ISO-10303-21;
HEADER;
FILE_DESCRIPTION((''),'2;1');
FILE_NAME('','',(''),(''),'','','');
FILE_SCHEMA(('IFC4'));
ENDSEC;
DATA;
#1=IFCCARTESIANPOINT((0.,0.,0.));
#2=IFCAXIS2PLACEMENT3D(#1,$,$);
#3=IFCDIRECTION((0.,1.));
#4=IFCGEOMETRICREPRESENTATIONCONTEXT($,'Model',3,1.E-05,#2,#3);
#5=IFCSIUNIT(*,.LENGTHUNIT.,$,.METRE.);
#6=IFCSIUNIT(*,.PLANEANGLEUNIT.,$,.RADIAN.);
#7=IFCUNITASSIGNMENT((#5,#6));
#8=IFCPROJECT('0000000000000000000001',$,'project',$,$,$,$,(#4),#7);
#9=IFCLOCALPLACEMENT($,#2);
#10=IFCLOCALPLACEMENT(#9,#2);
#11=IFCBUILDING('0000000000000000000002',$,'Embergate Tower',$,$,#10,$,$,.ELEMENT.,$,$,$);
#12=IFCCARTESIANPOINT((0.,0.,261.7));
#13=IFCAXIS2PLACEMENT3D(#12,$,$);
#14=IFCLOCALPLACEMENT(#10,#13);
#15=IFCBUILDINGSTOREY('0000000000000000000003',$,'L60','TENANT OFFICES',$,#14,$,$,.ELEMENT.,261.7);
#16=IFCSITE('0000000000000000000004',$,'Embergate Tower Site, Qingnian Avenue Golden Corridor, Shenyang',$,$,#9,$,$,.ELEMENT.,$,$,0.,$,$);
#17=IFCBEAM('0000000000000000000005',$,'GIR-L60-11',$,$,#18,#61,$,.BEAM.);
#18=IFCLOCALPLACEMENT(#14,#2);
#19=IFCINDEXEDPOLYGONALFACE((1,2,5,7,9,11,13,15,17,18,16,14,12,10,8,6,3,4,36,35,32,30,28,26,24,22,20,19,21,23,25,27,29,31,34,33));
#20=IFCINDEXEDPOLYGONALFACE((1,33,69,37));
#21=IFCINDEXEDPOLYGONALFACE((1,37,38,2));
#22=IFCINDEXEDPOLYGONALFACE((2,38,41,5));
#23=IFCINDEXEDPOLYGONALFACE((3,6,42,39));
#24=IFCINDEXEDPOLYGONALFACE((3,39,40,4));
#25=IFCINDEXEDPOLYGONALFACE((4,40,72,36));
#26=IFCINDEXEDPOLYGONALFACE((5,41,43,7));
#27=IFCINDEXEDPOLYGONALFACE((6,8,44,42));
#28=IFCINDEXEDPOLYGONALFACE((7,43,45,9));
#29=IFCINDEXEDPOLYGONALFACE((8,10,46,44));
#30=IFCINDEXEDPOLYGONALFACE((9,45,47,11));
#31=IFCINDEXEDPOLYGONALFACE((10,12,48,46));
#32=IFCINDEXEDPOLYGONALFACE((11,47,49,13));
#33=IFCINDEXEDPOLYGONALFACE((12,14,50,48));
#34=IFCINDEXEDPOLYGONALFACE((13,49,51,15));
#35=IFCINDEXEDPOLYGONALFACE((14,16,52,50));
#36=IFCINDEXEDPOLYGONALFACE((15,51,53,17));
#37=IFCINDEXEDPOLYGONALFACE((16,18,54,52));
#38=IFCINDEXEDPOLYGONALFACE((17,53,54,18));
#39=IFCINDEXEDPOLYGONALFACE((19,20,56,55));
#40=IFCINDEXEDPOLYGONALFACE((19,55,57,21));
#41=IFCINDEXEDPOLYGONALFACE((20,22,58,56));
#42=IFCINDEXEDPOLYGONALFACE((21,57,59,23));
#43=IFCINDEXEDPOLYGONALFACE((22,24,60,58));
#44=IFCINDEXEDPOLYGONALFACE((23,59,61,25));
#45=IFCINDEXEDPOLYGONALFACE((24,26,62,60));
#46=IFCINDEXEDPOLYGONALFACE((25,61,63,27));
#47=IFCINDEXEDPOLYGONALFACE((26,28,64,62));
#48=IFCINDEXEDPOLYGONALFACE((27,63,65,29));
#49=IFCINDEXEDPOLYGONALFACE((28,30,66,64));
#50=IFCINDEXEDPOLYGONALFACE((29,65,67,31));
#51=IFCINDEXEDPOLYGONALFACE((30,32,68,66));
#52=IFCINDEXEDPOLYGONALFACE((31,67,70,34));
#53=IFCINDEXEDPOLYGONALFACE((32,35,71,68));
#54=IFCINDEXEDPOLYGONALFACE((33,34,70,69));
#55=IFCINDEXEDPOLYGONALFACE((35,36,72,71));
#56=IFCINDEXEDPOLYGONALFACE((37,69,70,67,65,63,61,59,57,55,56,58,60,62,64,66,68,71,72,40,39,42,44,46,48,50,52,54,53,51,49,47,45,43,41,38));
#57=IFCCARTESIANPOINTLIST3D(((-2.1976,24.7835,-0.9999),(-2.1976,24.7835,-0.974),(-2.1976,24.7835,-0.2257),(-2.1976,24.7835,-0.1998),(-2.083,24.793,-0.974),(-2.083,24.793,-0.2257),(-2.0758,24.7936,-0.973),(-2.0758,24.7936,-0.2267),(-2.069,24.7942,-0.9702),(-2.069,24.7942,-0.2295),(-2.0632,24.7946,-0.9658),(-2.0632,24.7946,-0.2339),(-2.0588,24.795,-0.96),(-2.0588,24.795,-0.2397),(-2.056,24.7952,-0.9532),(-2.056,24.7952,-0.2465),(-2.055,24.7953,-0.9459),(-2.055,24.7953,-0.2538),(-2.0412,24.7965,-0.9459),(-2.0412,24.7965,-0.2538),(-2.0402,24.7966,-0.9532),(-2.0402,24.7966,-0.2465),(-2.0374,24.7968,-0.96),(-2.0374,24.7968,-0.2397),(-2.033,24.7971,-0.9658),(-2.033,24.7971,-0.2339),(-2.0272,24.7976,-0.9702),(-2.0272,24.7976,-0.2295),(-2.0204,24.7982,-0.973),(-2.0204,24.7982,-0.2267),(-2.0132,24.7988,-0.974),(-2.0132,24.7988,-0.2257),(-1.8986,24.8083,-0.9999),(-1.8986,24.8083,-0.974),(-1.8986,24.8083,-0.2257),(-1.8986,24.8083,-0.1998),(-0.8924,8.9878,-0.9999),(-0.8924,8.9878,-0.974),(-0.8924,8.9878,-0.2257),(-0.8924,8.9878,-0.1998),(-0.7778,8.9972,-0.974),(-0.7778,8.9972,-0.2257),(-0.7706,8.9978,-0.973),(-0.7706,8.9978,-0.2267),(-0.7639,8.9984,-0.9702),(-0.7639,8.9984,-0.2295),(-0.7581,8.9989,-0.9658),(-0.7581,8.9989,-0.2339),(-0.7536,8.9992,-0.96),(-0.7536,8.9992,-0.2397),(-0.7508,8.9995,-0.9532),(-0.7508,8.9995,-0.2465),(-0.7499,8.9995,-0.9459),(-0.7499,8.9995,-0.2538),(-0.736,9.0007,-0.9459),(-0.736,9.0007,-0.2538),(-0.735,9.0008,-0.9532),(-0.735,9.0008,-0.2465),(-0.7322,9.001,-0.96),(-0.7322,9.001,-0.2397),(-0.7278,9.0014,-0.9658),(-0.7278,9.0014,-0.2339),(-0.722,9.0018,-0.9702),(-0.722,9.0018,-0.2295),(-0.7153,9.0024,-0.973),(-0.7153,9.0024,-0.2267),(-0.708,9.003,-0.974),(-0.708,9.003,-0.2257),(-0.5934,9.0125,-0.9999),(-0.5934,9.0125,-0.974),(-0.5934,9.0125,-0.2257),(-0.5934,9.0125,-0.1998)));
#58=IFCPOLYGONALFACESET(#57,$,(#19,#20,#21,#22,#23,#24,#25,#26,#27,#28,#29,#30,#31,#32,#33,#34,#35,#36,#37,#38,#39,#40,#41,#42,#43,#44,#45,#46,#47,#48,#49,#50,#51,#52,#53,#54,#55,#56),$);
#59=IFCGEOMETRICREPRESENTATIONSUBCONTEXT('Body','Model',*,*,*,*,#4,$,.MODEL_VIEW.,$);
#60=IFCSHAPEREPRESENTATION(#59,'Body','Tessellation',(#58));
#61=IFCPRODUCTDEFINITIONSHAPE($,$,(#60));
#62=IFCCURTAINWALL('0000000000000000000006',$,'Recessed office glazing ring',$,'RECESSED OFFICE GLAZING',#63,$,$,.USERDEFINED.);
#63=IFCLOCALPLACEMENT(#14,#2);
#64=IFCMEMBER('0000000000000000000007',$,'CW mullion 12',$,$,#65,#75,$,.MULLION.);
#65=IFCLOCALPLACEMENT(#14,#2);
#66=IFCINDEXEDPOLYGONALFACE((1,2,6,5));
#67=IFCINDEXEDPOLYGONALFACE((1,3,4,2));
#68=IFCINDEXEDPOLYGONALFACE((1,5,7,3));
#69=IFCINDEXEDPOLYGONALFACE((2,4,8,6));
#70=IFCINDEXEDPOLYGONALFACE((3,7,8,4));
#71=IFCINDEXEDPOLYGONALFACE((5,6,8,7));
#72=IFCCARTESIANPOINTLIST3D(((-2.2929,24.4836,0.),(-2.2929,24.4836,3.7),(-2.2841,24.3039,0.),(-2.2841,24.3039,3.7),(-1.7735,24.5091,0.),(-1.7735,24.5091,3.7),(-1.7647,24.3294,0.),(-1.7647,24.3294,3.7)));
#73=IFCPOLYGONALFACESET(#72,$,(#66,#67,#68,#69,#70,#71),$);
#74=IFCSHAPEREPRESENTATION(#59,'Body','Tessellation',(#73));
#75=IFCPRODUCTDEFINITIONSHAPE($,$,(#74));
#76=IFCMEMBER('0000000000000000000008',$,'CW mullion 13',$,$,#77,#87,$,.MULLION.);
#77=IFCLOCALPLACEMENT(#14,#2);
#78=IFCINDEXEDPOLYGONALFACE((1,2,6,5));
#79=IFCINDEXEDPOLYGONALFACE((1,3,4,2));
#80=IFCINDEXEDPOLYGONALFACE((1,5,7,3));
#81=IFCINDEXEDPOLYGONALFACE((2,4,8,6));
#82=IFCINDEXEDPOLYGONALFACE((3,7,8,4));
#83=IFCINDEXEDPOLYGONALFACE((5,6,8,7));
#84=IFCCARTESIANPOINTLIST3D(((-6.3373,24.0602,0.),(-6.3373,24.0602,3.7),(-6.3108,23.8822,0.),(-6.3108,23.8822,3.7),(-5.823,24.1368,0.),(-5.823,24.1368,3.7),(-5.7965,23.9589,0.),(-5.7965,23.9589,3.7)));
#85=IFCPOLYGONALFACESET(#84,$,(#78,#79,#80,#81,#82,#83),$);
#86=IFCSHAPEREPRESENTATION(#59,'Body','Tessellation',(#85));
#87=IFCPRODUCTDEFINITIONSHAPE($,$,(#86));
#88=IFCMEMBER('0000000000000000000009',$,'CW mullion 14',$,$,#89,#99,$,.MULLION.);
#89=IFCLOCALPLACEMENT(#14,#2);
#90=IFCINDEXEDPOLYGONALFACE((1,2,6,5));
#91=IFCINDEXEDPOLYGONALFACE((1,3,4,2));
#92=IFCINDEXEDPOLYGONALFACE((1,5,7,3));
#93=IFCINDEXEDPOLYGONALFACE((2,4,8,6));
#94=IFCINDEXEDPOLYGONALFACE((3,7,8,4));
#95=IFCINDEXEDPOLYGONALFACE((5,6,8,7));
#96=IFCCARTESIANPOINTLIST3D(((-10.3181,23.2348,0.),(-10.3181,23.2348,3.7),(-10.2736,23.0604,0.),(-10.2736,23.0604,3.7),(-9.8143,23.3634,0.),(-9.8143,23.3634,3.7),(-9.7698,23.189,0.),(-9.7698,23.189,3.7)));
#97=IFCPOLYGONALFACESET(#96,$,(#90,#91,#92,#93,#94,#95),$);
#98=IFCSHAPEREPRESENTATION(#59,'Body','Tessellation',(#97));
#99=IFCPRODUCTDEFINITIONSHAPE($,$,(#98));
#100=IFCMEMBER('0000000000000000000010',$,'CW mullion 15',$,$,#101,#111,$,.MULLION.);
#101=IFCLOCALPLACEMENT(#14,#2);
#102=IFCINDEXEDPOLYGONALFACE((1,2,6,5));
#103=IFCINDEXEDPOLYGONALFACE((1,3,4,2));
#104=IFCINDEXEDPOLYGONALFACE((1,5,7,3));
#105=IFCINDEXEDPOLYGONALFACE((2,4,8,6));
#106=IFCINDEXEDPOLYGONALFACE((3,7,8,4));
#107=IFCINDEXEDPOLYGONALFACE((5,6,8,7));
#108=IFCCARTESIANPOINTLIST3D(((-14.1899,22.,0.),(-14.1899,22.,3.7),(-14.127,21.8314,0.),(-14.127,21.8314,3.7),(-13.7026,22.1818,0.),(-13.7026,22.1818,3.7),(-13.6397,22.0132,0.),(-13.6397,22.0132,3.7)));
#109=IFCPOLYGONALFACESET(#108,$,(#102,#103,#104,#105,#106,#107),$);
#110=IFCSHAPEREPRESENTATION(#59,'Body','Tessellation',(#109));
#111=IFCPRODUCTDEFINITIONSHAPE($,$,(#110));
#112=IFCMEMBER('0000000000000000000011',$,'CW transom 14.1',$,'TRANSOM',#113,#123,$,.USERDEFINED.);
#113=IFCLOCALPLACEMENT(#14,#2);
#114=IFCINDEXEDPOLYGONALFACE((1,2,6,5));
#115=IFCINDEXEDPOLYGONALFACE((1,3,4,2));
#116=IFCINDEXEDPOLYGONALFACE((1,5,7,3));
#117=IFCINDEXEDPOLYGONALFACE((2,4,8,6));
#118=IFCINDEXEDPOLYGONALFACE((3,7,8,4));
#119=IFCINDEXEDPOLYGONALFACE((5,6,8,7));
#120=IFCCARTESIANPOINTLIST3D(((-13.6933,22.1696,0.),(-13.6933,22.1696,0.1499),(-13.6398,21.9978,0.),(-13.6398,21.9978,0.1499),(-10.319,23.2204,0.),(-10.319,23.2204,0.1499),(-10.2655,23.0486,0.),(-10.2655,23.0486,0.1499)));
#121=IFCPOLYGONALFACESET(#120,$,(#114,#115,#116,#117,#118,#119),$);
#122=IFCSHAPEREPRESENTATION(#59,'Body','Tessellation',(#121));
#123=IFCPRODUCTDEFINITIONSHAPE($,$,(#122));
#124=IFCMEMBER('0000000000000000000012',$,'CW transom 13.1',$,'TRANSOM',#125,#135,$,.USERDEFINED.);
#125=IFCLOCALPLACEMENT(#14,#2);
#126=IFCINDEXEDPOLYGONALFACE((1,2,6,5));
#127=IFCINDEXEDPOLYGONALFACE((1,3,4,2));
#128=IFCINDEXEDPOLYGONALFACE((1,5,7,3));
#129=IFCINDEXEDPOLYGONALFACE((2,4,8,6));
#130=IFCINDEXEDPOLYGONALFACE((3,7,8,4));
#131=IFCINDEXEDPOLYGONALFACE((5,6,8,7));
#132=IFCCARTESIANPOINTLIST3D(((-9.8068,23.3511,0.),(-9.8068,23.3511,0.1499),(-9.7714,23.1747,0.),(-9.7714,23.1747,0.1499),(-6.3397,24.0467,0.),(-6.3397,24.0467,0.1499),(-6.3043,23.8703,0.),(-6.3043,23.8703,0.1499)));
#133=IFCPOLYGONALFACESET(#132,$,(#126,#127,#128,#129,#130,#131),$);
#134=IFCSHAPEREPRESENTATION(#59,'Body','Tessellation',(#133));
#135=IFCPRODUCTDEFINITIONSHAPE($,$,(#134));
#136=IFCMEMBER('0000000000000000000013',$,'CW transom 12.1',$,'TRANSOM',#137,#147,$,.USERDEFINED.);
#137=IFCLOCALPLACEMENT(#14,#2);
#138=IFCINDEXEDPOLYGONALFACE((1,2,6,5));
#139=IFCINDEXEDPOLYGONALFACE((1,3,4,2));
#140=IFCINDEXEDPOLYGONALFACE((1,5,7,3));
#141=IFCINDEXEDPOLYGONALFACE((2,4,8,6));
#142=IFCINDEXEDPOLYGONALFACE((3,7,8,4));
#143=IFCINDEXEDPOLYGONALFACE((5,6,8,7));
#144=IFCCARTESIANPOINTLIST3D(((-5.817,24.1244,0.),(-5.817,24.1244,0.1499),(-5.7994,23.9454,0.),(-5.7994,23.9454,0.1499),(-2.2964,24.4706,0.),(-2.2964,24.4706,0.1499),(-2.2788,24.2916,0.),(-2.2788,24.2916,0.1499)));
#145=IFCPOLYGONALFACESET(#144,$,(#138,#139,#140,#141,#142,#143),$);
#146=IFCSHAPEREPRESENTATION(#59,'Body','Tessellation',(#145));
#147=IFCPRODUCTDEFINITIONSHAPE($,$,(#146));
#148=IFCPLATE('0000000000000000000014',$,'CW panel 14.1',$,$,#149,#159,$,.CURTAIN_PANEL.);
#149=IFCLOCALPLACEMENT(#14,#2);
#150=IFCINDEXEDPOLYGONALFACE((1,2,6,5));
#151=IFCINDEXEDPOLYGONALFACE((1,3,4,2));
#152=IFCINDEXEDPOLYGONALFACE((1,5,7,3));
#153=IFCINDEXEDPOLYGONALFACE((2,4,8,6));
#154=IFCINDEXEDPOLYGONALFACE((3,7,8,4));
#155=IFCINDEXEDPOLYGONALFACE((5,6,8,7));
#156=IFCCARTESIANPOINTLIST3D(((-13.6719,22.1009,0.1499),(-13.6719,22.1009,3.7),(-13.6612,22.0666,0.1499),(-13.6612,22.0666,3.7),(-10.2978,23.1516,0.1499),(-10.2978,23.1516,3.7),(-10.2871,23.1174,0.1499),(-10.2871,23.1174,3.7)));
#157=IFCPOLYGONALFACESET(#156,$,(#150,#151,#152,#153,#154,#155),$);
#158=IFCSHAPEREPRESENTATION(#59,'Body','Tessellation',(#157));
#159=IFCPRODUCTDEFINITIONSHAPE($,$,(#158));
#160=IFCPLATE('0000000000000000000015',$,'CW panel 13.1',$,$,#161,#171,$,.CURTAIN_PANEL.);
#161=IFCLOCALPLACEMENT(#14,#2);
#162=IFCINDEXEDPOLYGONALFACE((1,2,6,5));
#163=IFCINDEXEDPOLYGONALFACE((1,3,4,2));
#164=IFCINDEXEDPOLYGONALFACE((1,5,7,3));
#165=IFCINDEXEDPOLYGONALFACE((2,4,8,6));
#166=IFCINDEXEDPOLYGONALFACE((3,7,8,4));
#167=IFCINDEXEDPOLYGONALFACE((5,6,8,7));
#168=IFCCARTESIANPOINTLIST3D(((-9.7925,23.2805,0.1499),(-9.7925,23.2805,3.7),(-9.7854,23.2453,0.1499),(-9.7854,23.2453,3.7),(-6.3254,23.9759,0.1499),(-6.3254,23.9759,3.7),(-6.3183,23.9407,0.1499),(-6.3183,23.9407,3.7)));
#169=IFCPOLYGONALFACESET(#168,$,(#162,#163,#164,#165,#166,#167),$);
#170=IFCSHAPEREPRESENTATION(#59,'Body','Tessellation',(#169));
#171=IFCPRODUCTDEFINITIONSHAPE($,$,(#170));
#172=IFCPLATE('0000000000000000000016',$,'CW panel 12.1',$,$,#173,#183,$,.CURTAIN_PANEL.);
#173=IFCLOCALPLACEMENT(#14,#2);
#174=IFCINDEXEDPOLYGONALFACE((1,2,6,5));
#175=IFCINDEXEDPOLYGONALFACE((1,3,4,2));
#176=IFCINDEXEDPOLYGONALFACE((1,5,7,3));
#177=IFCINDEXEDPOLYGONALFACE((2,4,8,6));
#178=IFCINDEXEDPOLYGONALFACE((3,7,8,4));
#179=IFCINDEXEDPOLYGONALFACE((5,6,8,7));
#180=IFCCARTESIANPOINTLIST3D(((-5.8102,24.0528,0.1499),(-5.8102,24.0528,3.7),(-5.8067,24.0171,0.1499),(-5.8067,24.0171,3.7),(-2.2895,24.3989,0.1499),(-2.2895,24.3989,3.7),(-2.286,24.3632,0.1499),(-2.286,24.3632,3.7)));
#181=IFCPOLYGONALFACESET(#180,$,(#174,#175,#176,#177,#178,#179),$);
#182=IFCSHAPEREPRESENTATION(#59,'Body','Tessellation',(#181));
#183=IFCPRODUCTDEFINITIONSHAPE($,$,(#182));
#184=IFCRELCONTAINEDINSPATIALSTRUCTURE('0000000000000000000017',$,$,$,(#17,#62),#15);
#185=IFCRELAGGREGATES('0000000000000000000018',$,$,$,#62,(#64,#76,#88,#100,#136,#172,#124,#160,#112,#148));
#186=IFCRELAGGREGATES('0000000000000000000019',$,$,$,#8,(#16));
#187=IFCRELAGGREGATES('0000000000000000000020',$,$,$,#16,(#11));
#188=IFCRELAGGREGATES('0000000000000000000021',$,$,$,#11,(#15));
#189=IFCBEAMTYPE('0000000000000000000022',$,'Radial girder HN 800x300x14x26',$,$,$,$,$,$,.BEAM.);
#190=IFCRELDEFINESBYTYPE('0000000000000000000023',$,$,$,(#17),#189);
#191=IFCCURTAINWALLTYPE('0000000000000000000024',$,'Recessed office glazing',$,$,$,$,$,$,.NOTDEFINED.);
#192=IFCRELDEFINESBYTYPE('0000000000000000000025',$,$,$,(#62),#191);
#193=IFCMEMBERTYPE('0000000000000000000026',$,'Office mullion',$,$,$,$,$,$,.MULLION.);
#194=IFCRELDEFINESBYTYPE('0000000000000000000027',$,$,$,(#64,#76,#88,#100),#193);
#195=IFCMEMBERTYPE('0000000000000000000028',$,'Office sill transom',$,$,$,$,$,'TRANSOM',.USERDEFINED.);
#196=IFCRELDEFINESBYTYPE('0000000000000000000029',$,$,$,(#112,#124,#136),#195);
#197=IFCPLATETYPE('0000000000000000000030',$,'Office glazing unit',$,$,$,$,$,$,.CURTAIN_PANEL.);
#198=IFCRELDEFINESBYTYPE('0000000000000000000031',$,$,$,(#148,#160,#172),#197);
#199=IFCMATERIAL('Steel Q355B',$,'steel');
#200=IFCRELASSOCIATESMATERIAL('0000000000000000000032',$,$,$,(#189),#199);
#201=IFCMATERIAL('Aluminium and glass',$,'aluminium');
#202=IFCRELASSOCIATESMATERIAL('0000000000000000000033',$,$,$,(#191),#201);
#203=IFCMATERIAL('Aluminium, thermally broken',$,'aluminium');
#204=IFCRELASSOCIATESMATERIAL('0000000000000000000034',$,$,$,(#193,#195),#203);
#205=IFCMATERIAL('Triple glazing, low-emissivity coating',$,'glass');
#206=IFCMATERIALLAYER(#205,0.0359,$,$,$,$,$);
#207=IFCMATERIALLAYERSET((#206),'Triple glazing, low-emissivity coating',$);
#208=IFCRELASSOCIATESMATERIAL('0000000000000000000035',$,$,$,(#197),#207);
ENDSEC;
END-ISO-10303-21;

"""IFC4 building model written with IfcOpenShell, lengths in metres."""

from ifc_helpers import new_model, si_unit, direction, frame, origin, origin_2d, place, context, subcontext, project, spatial, rectangle, i_section, extrude, source, transform, mapped, material, layer, layer_set, material_profile, profile_set, type_object, element, aggregate, save


model = new_model("IFC4")

# Units and contexts
model_context = context("Model", 3, precision=1e-05, world=origin(), true_north=direction((0.0, 1.0)))
body_context = subcontext(model_context, "Body", "Model", "MODEL_VIEW")
ifc_project = project(units=[si_unit("LENGTHUNIT", "METRE"), si_unit("PLANEANGLEUNIT", "RADIAN")], contexts=[model_context])

# Site, building, storey
site_placement = place(None, origin())
site = spatial("IfcSite", under=ifc_project, at=site_placement, Name="Embergate Tower Site, Qingnian Avenue Golden Corridor, Shenyang", CompositionType="ELEMENT", RefElevation=0.0)
building_placement = place(site_placement, origin())
building = spatial("IfcBuilding", under=site, at=building_placement, Name="Embergate Tower", CompositionType="ELEMENT")
storey_placement = place(building_placement, frame((0.0, 0.0, 261.7)))
storey = spatial("IfcBuildingStorey", under=building, at=storey_placement, Name="L60", Description="TENANT OFFICES", CompositionType="ELEMENT", Elevation=261.7)

# Beam
ifc_material_1 = material(Name="Steel Q355B", Category="steel")
ifc_material_profile_1 = material_profile(ifc_material_1, i_section(OverallWidth=0.3, OverallDepth=0.8, WebThickness=0.0139, FlangeThickness=0.0259, FilletRadius=0.0281, at=origin_2d()), Name="HN 800x300x14x26")
ifc_profile_set_1 = profile_set([ifc_material_profile_1], Name="Steel Q355 grade B")
beam_type_1 = type_object("IfcBeamType", Name="Radial girder HN 800x300x14x26", PredefinedType="BEAM", material=ifc_profile_set_1)
shared_shape_1 = source(origin(), body_context, "Body", "SweptSolid", [
    extrude(i_section(OverallWidth=0.3, OverallDepth=0.8, WebThickness=0.0139, FlangeThickness=0.0259, FilletRadius=0.0281, at=origin_2d()), origin(), (0.0, 0.0, 1.0), 15.8496),
])
beam_1_placement = place(storey_placement, frame((-2.0481, 24.7959, -0.5999), z_axis=(0.082347, -0.996604, 0.0), x_axis=(0.996604, 0.082347, 0.0)))
element("IfcBeam", 1, at=beam_1_placement, inside=storey, type_object=beam_type_1, Name="GIR-L60-11", PredefinedType="BEAM", context=body_context, shape_type="MappedRepresentation", body=[
    mapped(shared_shape_1, transform((0.0, 0.0, 0.0))),
])

# Curtain wall, members, plates
ifc_material_2 = material(Name="Aluminium and glass", Category="aluminium")
curtain_wall_type = type_object("IfcCurtainWallType", Name="Recessed office glazing", PredefinedType="NOTDEFINED", material=ifc_material_2)
curtain_wall_placement = place(storey_placement, origin())
curtain_wall = element("IfcCurtainWall", 2, at=curtain_wall_placement, inside=storey, type_object=curtain_wall_type, Name="Recessed office glazing ring", ObjectType="RECESSED OFFICE GLAZING", PredefinedType="USERDEFINED")
ifc_material_3 = material(Name="Aluminium, thermally broken", Category="aluminium")
ifc_material_profile_2 = material_profile(ifc_material_3, rectangle(XDim=0.1799, YDim=0.52, at=origin_2d()), Name="AL 520x180")
ifc_profile_set_2 = profile_set([ifc_material_profile_2], Name="Aluminium, thermally broken")
member_type_1 = type_object("IfcMemberType", Name="Office mullion", PredefinedType="MULLION", material=ifc_profile_set_2)
shared_shape_2 = source(origin(), body_context, "Body", "SweptSolid", [
    extrude(rectangle(XDim=0.1799, YDim=0.52, at=origin_2d()), origin(), (0.0, 0.0, 1.0), 3.7),
])
member_1_placement = place(storey_placement, frame((-2.0288, 24.4065, 0.0), z_axis=(0.0, 0.0, 1.0), x_axis=(0.04897, -0.9988, 0.0)))
member_1 = element("IfcMember", 3, at=member_1_placement, type_object=member_type_1, Name="CW mullion 12", PredefinedType="MULLION", context=body_context, shape_type="MappedRepresentation", body=[
    mapped(shared_shape_2, transform((0.0, 0.0, 0.0))),
])
member_2_placement = place(storey_placement, frame((-6.0669, 24.0095, 0.0), z_axis=(0.0, 0.0, 1.0), x_axis=(0.147411, -0.989075, 0.0)))
member_2 = element("IfcMember", 4, at=member_2_placement, type_object=member_type_1, Name="CW mullion 13", PredefinedType="MULLION", context=body_context, shape_type="MappedRepresentation", body=[
    mapped(shared_shape_2, transform((0.0, 0.0, 0.0))),
])
member_3_placement = place(storey_placement, frame((-10.0439, 23.2119, 0.0), z_axis=(0.0, 0.0, 1.0), x_axis=(0.247308, -0.968937, 0.0)))
member_3 = element("IfcMember", 5, at=member_3_placement, type_object=member_type_1, Name="CW mullion 14", PredefinedType="MULLION", context=body_context, shape_type="MappedRepresentation", body=[
    mapped(shared_shape_2, transform((0.0, 0.0, 0.0))),
])
member_4_placement = place(storey_placement, frame((-13.9148, 22.0066, 0.0), z_axis=(0.0, 0.0, 1.0), x_axis=(0.349498, -0.936937, 0.0)))
member_4 = element("IfcMember", 6, at=member_4_placement, type_object=member_type_1, Name="CW mullion 15", PredefinedType="MULLION", context=body_context, shape_type="MappedRepresentation", body=[
    mapped(shared_shape_2, transform((0.0, 0.0, 0.0))),
])
ifc_material_profile_3 = material_profile(ifc_material_3, rectangle(XDim=0.1799, YDim=0.1499, at=origin_2d()), Name="AL 150x180")
ifc_profile_set_3 = profile_set([ifc_material_profile_3], Name="Aluminium, thermally broken")
member_type_2 = type_object("IfcMemberType", Name="Office sill transom", ElementType="TRANSOM", PredefinedType="USERDEFINED", material=ifc_profile_set_3)
shared_shape_3 = source(origin(), body_context, "Body", "SweptSolid", [
    extrude(rectangle(XDim=0.1799, YDim=0.1499, at=origin_2d()), origin(), (0.0, 0.0, 1.0), 3.5342),
])
member_5_placement = place(storey_placement, frame((-10.2922, 23.1345, 0.075), z_axis=(-0.954776, -0.297327, 0.0), x_axis=(0.297327, -0.954776, 0.0)))
member_5 = element("IfcMember", 7, at=member_5_placement, type_object=member_type_2, Name="CW transom 14.1", ObjectType="TRANSOM", PredefinedType="USERDEFINED", context=body_context, shape_type="MappedRepresentation", body=[
    mapped(shared_shape_3, transform((0.0, 0.0, 0.0))),
])
shared_shape_4 = source(origin(), body_context, "Body", "SweptSolid", [
    extrude(rectangle(XDim=0.1799, YDim=0.1499, at=origin_2d()), origin(), (0.0, 0.0, 1.0), 3.5361),
])
member_6_placement = place(storey_placement, frame((-6.322, 23.9585, 0.075), z_axis=(-0.980464, -0.1967, 0.0), x_axis=(0.1967, -0.980464, 0.0)))
member_6 = element("IfcMember", 8, at=member_6_placement, type_object=member_type_2, Name="CW transom 13.1", ObjectType="TRANSOM", PredefinedType="USERDEFINED", context=body_context, shape_type="MappedRepresentation", body=[
    mapped(shared_shape_4, transform((0.0, 0.0, 0.0))),
])
shared_shape_5 = source(origin(), body_context, "Body", "SweptSolid", [
    extrude(rectangle(XDim=0.1799, YDim=0.1499, at=origin_2d()), origin(), (0.0, 0.0, 1.0), 3.5376),
])
member_7_placement = place(storey_placement, frame((-2.2876, 24.3811, 0.075), z_axis=(-0.9952, -0.097864, 0.0), x_axis=(0.097864, -0.9952, 0.0)))
member_7 = element("IfcMember", 9, at=member_7_placement, type_object=member_type_2, Name="CW transom 12.1", ObjectType="TRANSOM", PredefinedType="USERDEFINED", context=body_context, shape_type="MappedRepresentation", body=[
    mapped(shared_shape_5, transform((0.0, 0.0, 0.0))),
])
ifc_material_4 = material(Name="Triple glazing, low-emissivity coating", Category="glass")
ifc_layer_1 = layer(ifc_material_4, 0.0359)
ifc_layer_set_1 = layer_set([ifc_layer_1], Name="Triple glazing, low-emissivity coating")
plate_type = type_object("IfcPlateType", Name="Office glazing unit", PredefinedType="CURTAIN_PANEL", material=ifc_layer_set_1)
shared_shape_6 = source(origin(), body_context, "Body", "SweptSolid", [
    extrude(rectangle(XDim=3.5339, YDim=0.0359, at=origin_2d()), origin(), (0.0, 0.0, 1.0), 3.55),
])
plate_1_placement = place(storey_placement, frame((-11.9795, 22.6091, 0.1499), z_axis=(0.0, 0.0, 1.0), x_axis=(-0.954773, -0.297337, 0.0)))
plate_1 = element("IfcPlate", 10, at=plate_1_placement, type_object=plate_type, Name="CW panel 14.1", PredefinedType="CURTAIN_PANEL", context=body_context, shape_type="MappedRepresentation", body=[
    mapped(shared_shape_6, transform((0.0, 0.0, 0.0))),
])
shared_shape_7 = source(origin(), body_context, "Body", "SweptSolid", [
    extrude(rectangle(XDim=3.5361, YDim=0.0359, at=origin_2d()), origin(), (0.0, 0.0, 1.0), 3.55),
])
plate_2_placement = place(storey_placement, frame((-8.0554, 23.6106, 0.1499), z_axis=(0.0, 0.0, 1.0), x_axis=(-0.980476, -0.196639, 0.0)))
plate_2 = element("IfcPlate", 11, at=plate_2_placement, type_object=plate_type, Name="CW panel 13.1", PredefinedType="CURTAIN_PANEL", context=body_context, shape_type="MappedRepresentation", body=[
    mapped(shared_shape_7, transform((0.0, 0.0, 0.0))),
])
shared_shape_8 = source(origin(), body_context, "Body", "SweptSolid", [
    extrude(rectangle(XDim=3.5376, YDim=0.0359, at=origin_2d()), origin(), (0.0, 0.0, 1.0), 3.55),
])
plate_3_placement = place(storey_placement, frame((-4.0481, 24.208, 0.1499), z_axis=(0.0, 0.0, 1.0), x_axis=(-0.995203, -0.09783, 0.0)))
plate_3 = element("IfcPlate", 12, at=plate_3_placement, type_object=plate_type, Name="CW panel 12.1", PredefinedType="CURTAIN_PANEL", context=body_context, shape_type="MappedRepresentation", body=[
    mapped(shared_shape_8, transform((0.0, 0.0, 0.0))),
])
aggregate(curtain_wall, [member_1, member_2, member_3, member_4, member_7, plate_3, member_6, plate_2, member_5, plate_1])

save(model, "model.ifc")
